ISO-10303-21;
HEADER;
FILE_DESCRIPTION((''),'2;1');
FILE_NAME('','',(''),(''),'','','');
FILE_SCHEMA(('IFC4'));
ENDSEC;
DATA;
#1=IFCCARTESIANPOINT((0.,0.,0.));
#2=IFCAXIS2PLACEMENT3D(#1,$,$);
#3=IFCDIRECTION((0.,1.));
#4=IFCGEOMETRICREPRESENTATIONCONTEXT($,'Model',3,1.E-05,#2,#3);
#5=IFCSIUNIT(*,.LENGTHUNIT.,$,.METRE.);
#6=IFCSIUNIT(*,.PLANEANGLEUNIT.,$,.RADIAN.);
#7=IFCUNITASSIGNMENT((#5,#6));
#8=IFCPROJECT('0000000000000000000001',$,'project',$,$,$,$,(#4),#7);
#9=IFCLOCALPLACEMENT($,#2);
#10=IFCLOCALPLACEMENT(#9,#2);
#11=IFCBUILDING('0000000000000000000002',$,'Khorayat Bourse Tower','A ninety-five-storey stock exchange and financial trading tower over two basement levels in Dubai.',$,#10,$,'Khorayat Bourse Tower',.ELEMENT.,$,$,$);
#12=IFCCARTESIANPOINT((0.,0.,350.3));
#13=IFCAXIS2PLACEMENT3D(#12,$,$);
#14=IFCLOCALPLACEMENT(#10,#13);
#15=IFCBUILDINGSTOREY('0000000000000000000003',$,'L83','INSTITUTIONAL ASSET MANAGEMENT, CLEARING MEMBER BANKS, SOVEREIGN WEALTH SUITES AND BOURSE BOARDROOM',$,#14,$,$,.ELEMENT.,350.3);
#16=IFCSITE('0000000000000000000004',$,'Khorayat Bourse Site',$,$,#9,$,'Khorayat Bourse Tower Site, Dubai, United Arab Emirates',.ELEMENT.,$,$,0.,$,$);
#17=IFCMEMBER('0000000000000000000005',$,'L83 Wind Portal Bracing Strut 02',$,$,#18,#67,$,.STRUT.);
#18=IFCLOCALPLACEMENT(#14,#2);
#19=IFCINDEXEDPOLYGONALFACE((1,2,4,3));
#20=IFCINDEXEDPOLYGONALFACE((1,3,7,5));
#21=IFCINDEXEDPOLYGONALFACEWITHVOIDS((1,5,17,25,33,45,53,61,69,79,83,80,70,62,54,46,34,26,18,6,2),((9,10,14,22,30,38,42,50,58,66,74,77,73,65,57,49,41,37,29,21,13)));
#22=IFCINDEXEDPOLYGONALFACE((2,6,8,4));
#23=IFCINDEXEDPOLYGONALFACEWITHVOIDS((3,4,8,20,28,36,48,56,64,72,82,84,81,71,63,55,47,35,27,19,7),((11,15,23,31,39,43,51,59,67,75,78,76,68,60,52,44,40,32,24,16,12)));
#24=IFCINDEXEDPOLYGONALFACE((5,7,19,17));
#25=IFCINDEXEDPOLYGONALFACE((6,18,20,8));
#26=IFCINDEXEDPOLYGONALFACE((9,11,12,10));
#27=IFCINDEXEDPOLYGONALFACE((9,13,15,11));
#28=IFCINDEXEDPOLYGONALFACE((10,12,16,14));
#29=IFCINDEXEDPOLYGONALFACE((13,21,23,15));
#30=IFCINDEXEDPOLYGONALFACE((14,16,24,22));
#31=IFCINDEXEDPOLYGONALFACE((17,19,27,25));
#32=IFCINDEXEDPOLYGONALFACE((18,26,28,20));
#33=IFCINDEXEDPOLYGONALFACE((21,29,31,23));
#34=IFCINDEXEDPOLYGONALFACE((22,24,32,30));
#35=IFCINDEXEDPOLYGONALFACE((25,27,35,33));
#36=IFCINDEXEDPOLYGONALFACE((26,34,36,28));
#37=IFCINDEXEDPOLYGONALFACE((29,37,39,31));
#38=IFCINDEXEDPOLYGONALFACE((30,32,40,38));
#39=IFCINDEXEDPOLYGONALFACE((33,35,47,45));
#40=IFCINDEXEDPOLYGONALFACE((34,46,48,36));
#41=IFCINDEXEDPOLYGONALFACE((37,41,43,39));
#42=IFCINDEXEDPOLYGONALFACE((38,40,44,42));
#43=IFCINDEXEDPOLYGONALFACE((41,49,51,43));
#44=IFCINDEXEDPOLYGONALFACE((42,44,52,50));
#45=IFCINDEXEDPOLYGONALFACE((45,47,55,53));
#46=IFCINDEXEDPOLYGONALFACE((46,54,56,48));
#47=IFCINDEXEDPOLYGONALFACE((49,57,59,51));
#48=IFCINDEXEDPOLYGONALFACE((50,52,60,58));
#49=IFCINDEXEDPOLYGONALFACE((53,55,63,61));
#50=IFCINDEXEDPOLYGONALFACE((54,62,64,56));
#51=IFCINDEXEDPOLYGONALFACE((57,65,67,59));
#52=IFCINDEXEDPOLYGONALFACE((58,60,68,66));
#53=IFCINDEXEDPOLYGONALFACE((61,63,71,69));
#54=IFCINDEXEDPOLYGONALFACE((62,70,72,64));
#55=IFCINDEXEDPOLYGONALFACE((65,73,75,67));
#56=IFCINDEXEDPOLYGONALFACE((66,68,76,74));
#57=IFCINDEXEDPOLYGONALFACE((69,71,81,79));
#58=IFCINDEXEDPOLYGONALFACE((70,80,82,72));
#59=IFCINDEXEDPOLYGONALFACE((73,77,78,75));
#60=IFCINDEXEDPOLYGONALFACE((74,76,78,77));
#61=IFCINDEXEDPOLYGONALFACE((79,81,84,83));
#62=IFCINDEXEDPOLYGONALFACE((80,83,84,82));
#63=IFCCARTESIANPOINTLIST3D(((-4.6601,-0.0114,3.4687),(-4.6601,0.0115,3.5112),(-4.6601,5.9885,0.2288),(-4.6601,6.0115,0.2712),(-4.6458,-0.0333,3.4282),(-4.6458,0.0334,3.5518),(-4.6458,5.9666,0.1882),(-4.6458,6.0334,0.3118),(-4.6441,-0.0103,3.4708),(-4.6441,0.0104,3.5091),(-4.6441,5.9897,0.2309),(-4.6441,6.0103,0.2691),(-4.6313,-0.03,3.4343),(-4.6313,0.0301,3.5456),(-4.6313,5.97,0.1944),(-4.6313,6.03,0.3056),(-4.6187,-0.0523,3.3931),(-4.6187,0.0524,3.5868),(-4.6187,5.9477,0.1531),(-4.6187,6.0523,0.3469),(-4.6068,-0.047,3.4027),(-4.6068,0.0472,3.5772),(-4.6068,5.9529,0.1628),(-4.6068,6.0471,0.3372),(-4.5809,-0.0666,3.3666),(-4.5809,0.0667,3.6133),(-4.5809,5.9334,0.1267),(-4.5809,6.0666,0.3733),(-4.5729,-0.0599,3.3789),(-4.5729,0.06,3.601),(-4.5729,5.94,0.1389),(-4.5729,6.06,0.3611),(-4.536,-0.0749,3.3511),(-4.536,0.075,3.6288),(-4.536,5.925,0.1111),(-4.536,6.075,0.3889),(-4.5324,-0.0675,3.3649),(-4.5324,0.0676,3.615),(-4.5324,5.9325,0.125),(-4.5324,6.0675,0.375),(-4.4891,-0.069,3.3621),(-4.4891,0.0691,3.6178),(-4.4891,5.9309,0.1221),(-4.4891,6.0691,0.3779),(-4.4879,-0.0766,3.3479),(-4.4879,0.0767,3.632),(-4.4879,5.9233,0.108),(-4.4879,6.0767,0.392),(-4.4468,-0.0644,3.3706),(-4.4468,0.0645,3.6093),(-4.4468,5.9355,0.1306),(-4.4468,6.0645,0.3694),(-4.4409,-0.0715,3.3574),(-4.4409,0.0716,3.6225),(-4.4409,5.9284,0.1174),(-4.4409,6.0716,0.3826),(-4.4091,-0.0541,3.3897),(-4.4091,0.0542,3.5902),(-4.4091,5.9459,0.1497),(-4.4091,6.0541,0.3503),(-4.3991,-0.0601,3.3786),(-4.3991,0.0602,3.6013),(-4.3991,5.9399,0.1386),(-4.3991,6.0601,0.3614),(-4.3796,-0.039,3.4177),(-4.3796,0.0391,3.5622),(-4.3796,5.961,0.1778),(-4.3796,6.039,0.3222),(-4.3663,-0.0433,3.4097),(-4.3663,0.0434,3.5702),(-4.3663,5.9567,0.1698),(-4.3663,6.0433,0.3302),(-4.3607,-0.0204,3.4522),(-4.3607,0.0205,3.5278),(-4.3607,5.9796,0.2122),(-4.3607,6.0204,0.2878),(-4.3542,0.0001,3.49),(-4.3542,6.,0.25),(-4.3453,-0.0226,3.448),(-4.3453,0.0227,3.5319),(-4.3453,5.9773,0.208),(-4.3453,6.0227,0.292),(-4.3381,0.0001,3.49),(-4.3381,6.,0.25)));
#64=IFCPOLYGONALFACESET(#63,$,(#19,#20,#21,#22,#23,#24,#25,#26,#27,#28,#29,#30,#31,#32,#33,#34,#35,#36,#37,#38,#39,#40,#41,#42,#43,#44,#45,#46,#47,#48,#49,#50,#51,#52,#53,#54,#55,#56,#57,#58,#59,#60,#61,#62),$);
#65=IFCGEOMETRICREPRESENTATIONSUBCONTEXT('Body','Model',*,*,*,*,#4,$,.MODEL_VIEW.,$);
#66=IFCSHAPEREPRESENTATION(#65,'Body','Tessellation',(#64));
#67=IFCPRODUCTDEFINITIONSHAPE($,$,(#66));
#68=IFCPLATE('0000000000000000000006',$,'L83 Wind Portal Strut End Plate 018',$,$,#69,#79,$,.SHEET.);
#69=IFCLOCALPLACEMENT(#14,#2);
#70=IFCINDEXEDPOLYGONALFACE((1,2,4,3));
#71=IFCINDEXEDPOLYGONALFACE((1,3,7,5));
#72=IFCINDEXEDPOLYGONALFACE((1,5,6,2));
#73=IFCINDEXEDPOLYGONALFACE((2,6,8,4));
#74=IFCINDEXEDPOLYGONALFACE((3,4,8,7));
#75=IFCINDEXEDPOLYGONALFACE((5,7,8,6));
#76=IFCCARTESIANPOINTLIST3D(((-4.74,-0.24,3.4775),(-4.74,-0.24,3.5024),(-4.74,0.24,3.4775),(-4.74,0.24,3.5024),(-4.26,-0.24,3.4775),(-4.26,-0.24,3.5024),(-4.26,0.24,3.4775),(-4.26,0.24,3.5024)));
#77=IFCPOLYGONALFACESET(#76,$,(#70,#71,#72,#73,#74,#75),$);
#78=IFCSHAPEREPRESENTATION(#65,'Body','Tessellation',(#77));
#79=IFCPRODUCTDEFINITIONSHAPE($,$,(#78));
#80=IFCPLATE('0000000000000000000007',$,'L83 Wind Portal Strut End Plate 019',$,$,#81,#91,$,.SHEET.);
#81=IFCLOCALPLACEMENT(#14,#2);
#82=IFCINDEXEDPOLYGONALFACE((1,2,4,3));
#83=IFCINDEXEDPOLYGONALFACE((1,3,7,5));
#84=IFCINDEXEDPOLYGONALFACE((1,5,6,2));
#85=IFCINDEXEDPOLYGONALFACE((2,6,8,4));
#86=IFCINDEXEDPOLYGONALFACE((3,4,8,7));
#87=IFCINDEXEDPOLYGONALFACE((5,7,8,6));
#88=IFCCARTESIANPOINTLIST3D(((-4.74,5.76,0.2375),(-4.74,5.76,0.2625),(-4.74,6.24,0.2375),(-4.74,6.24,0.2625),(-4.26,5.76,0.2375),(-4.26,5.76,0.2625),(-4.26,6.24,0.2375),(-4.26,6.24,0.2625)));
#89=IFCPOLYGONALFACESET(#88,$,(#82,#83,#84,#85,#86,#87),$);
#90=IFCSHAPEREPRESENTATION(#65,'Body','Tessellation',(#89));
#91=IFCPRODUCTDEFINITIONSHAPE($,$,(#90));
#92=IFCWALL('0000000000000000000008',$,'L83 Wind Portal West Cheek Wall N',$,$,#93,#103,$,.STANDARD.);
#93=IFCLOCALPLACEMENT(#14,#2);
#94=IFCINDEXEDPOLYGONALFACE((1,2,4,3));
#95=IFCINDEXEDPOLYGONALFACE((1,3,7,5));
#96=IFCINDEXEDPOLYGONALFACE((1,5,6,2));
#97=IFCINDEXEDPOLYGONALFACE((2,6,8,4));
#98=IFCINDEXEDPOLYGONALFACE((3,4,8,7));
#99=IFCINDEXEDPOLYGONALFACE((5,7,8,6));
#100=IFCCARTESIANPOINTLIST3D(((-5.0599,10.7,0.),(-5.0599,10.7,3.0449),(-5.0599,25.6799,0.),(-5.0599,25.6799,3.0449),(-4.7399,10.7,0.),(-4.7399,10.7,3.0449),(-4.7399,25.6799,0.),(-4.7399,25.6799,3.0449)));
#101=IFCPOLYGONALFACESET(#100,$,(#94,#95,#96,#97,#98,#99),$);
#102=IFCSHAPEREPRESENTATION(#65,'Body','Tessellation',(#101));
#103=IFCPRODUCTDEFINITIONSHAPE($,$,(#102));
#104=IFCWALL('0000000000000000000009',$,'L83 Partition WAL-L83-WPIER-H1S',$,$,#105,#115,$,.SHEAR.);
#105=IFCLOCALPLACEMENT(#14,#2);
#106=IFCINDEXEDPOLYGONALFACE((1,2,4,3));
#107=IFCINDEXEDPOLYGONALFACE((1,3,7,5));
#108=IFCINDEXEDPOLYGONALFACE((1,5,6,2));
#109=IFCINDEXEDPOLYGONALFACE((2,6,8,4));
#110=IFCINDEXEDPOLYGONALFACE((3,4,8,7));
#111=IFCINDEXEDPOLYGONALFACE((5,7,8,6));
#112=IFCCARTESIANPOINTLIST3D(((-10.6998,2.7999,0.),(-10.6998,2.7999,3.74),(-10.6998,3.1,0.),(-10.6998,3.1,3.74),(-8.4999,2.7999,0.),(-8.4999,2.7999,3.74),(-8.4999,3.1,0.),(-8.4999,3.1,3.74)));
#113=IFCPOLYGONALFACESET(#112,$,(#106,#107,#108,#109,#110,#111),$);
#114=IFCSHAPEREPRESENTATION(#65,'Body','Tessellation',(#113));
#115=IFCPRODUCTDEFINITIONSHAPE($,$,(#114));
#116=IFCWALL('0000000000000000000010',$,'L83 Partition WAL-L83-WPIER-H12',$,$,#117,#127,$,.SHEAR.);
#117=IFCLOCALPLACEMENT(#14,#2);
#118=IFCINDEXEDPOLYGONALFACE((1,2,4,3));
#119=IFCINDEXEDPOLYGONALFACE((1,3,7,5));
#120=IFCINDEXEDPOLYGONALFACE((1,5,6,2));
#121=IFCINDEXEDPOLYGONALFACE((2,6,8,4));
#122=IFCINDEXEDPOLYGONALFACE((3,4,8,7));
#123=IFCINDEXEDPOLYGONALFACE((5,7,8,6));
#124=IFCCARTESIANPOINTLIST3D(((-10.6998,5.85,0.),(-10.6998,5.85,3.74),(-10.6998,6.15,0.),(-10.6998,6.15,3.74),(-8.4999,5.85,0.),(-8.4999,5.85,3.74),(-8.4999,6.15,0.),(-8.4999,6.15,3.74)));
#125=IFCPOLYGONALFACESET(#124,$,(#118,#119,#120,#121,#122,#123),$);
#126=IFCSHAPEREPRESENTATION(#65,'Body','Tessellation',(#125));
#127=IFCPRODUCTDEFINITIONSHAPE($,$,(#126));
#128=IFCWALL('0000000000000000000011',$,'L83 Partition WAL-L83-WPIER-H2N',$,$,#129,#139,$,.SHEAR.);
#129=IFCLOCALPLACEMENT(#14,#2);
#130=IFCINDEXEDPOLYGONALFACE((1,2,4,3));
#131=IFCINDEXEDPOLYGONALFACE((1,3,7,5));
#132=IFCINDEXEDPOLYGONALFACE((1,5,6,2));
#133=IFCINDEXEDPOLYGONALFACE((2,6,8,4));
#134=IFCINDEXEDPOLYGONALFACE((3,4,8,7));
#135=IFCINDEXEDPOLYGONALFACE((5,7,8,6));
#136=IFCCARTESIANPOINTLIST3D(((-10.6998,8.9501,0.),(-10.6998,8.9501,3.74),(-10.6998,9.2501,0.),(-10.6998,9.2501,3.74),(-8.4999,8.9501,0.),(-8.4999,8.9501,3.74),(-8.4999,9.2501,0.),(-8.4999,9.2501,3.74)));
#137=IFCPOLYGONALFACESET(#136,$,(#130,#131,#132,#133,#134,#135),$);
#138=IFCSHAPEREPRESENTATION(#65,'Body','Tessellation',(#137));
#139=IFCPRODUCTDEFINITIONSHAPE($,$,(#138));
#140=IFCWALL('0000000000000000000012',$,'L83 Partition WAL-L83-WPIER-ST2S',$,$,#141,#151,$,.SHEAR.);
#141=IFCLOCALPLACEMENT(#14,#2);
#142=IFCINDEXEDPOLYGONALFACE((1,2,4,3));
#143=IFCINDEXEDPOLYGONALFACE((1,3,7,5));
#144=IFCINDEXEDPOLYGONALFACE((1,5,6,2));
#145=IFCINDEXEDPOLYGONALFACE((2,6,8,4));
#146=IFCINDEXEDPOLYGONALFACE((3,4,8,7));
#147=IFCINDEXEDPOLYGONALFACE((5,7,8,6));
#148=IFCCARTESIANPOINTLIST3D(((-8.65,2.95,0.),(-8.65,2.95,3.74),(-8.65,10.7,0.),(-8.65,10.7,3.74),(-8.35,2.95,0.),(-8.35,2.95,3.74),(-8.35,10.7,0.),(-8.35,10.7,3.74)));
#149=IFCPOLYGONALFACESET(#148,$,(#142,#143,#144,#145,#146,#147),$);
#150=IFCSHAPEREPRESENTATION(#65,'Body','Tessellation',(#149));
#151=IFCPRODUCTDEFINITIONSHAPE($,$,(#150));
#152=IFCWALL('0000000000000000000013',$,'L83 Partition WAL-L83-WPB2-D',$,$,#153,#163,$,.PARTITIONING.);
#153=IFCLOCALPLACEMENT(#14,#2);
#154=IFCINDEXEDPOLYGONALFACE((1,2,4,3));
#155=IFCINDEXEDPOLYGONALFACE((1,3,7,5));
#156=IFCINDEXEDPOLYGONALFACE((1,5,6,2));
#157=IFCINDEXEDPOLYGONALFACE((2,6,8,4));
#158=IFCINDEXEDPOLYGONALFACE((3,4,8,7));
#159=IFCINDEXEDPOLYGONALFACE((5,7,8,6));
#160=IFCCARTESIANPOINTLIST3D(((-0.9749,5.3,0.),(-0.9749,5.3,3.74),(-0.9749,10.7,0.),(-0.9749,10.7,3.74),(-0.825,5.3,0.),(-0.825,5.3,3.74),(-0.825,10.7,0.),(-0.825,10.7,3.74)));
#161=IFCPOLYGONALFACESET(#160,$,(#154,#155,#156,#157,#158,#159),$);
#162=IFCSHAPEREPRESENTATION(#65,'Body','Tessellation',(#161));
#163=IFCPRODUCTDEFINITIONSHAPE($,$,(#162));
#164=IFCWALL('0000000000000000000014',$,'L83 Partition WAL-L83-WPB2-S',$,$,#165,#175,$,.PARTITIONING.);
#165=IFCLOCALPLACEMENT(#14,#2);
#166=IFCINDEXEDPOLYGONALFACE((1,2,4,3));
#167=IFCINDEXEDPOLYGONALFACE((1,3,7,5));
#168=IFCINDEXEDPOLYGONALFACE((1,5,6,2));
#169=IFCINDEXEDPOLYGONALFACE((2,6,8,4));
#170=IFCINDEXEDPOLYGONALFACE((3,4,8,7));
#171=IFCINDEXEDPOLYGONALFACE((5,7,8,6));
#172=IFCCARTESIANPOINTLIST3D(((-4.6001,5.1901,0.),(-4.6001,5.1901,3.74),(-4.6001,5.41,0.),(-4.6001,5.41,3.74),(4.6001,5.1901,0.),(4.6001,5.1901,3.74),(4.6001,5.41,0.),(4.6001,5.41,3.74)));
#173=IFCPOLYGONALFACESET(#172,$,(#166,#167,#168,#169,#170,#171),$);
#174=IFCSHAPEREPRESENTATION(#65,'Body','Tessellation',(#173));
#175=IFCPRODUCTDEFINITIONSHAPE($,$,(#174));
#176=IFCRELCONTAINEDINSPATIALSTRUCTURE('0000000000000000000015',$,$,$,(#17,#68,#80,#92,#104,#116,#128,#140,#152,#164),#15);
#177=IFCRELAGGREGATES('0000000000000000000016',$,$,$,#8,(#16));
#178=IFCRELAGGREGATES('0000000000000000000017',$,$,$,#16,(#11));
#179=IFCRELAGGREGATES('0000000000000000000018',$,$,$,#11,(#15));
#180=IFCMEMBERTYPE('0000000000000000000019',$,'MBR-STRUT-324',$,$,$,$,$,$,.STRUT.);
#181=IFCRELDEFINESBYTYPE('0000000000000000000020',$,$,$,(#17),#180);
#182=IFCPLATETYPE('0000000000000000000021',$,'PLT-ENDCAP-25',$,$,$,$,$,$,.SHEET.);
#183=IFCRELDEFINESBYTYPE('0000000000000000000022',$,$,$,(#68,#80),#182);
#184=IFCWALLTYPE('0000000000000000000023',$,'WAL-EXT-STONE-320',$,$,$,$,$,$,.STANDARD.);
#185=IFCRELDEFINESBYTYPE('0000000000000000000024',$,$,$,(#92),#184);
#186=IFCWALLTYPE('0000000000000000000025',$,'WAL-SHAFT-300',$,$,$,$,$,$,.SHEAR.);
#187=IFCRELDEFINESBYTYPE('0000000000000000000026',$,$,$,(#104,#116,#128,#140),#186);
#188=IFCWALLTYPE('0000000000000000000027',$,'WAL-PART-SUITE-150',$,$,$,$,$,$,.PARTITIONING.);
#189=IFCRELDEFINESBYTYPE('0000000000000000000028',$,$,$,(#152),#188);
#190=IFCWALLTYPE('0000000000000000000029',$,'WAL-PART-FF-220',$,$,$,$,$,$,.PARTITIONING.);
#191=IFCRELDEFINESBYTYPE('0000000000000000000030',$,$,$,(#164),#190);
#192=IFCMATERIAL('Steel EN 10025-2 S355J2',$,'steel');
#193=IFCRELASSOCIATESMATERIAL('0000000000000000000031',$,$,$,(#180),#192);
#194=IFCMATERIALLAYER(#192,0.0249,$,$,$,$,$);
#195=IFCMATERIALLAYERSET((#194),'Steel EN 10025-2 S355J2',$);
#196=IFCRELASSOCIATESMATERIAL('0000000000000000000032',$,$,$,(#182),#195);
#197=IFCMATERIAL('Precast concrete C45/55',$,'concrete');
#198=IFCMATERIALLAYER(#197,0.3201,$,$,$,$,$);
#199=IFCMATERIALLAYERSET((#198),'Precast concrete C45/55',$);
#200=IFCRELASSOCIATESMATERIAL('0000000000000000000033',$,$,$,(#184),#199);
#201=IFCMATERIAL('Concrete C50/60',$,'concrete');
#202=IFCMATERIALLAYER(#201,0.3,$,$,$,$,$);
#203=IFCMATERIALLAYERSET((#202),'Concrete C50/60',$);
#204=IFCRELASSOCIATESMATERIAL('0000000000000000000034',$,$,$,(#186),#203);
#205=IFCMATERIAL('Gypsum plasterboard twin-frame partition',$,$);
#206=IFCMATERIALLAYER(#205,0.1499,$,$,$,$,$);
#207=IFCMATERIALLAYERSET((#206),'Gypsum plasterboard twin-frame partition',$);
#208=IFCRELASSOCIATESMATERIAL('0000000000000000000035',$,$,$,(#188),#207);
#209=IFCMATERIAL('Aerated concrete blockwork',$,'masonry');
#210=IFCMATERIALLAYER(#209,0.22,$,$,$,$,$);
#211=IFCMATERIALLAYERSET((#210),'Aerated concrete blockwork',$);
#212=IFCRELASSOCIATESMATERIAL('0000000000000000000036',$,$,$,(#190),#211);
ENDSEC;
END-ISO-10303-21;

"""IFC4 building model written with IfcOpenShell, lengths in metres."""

from ifc_helpers import new_model, si_unit, direction, frame, frame_2d, origin, origin_2d, place, context, subcontext, project, spatial, rectangle, hollow_circle, extrude, source, transform, mapped, material, layer, layer_set, material_profile, profile_set, type_object, element, save


model = new_model("IFC4")

# Units and contexts
model_context = context("Model", 3, precision=1e-05, world=origin(), true_north=direction((0.0, 1.0)))
body_context = subcontext(model_context, "Body", "Model", "MODEL_VIEW")
ifc_project = project(units=[si_unit("LENGTHUNIT", "METRE"), si_unit("PLANEANGLEUNIT", "RADIAN")], contexts=[model_context])

# Site, building, storey
site_placement = place(None, origin())
site = spatial("IfcSite", under=ifc_project, at=site_placement, Name="Khorayat Bourse Site", LongName="Khorayat Bourse Tower Site, Dubai, United Arab Emirates", CompositionType="ELEMENT", RefElevation=0.0)
building_placement = place(site_placement, origin())
building = spatial("IfcBuilding", under=site, at=building_placement, Name="Khorayat Bourse Tower", Description="A ninety-five-storey stock exchange and financial trading tower over two basement levels in Dubai.", LongName="Khorayat Bourse Tower", CompositionType="ELEMENT")
storey_placement = place(building_placement, frame((0.0, 0.0, 350.3)))
storey = spatial("IfcBuildingStorey", under=building, at=storey_placement, Name="L83", Description="INSTITUTIONAL ASSET MANAGEMENT, CLEARING MEMBER BANKS, SOVEREIGN WEALTH SUITES AND BOURSE BOARDROOM", CompositionType="ELEMENT", Elevation=350.3)

# Member
ifc_material_1 = material(Name="Steel EN 10025-2 S355J2", Category="steel")
ifc_material_profile_1 = material_profile(ifc_material_1, hollow_circle(Radius=0.1619, WallThickness=0.0161, at=origin_2d()), Name="CHS 323.9x16")
ifc_profile_set_1 = profile_set([ifc_material_profile_1], Name="Steel EN 10025-2 S355J2")
member_type = type_object("IfcMemberType", Name="MBR-STRUT-324", PredefinedType="STRUT", material=ifc_profile_set_1)
shared_shape_1 = source(origin(), body_context, "Body", "SweptSolid", [
    extrude(hollow_circle(Radius=0.1619, WallThickness=0.0161, at=origin_2d()), origin(), (0.0, 0.0, 1.0), 6.8188),
])
member_placement = place(storey_placement, frame((-4.5, 6.0, 0.25), z_axis=(0.0, -0.879906, 0.475148), x_axis=(1.0, 0.0, 0.0)))
element("IfcMember", 1, at=member_placement, inside=storey, type_object=member_type, Name="L83 Wind Portal Bracing Strut 02", PredefinedType="STRUT", context=body_context, shape_type="MappedRepresentation", body=[
    mapped(shared_shape_1, transform((0.0, 0.0, 0.0), scale=1.0)),
])

# Plates
ifc_layer_1 = layer(ifc_material_1, 0.0249)
ifc_layer_set_1 = layer_set([ifc_layer_1], Name="Steel EN 10025-2 S355J2")
plate_type = type_object("IfcPlateType", Name="PLT-ENDCAP-25", PredefinedType="SHEET", material=ifc_layer_set_1)
shared_shape_2 = source(origin(), body_context, "Body", "SweptSolid", [
    extrude(rectangle(XDim=0.48, YDim=0.48, at=origin_2d()), origin(), (0.0, 0.0, 1.0), 0.0249),
])
for number, where, z_axis, x_axis, name in (
    (2, (-4.5, 0.0, 3.4775), (0.0, 0.0, 1.0), (1.0, 0.0, 0.0), "L83 Wind Portal Strut End Plate 018"),
    (3, (-4.5, 6.0, 0.2375), (0.0, 0.0, 1.0), (1.0, 0.0, 0.0), "L83 Wind Portal Strut End Plate 019"),
):
    element("IfcPlate", number, at=place(storey_placement, frame(where, z_axis=z_axis, x_axis=x_axis)), inside=storey, type_object=plate_type, Name=name, PredefinedType="SHEET", context=body_context, shape_type="MappedRepresentation", body=[
        mapped(shared_shape_2, transform((0.0, 0.0, 0.0), scale=1.0)),
    ])

# Walls
ifc_material_2 = material(Name="Precast concrete C45/55", Category="concrete")
ifc_layer_2 = layer(ifc_material_2, 0.3201)
ifc_layer_set_2 = layer_set([ifc_layer_2], Name="Precast concrete C45/55")
wall_type_1 = type_object("IfcWallType", Name="WAL-EXT-STONE-320", PredefinedType="STANDARD", material=ifc_layer_set_2)
shared_shape_3 = source(origin(), body_context, "Body", "SweptSolid", [
    extrude(rectangle(XDim=14.98, YDim=0.3201, at=frame_2d((7.49, 0.0))), origin(), (0.0, 0.0, 1.0), 3.0449),
])
wall_1_placement = place(storey_placement, frame((-4.8999, 10.7, 0.0), z_axis=(0.0, 0.0, 1.0), x_axis=(0.0, 1.0, 0.0)))
element("IfcWall", 4, at=wall_1_placement, inside=storey, type_object=wall_type_1, Name="L83 Wind Portal West Cheek Wall N", PredefinedType="STANDARD", context=body_context, shape_type="MappedRepresentation", body=[
    mapped(shared_shape_3, transform((0.0, 0.0, 0.0), scale=1.0)),
])
ifc_material_3 = material(Name="Concrete C50/60", Category="concrete")
ifc_layer_3 = layer(ifc_material_3, 0.3)
ifc_layer_set_3 = layer_set([ifc_layer_3], Name="Concrete C50/60")
wall_type_2 = type_object("IfcWallType", Name="WAL-SHAFT-300", PredefinedType="SHEAR", material=ifc_layer_set_3)
shared_shape_4 = source(origin(), body_context, "Body", "SweptSolid", [
    extrude(rectangle(XDim=2.2, YDim=0.3, at=frame_2d((1.1001, 0.0))), origin(), (0.0, 0.0, 1.0), 3.74),
])
for number, where, z_axis, x_axis, name in (
    (5, (-10.7, 2.95, 0.0), (0.0, 0.0, 1.0), (1.0, 0.0, 0.0), "L83 Partition WAL-L83-WPIER-H1S"),
    (6, (-10.7, 6.0, 0.0), (0.0, 0.0, 1.0), (1.0, 0.0, 0.0), "L83 Partition WAL-L83-WPIER-H12"),
    (7, (-10.7, 9.1001, 0.0), (0.0, 0.0, 1.0), (1.0, 0.0, 0.0), "L83 Partition WAL-L83-WPIER-H2N"),
):
    element("IfcWall", number, at=place(storey_placement, frame(where, z_axis=z_axis, x_axis=x_axis)), inside=storey, type_object=wall_type_2, Name=name, PredefinedType="SHEAR", context=body_context, shape_type="MappedRepresentation", body=[
        mapped(shared_shape_4, transform((0.0, 0.0, 0.0), scale=1.0)),
    ])
shared_shape_5 = source(origin(), body_context, "Body", "SweptSolid", [
    extrude(rectangle(XDim=7.75, YDim=0.3, at=frame_2d((3.875, 0.0))), origin(), (0.0, 0.0, 1.0), 3.74),
])
wall_2_placement = place(storey_placement, frame((-8.5, 2.95, 0.0), z_axis=(0.0, 0.0, 1.0), x_axis=(0.0, 1.0, 0.0)))
element("IfcWall", 8, at=wall_2_placement, inside=storey, type_object=wall_type_2, Name="L83 Partition WAL-L83-WPIER-ST2S", PredefinedType="SHEAR", context=body_context, shape_type="MappedRepresentation", body=[
    mapped(shared_shape_5, transform((0.0, 0.0, 0.0), scale=1.0)),
])
ifc_material_4 = material(Name="Gypsum plasterboard twin-frame partition")
ifc_layer_4 = layer(ifc_material_4, 0.1499)
ifc_layer_set_4 = layer_set([ifc_layer_4], Name="Gypsum plasterboard twin-frame partition")
wall_type_3 = type_object("IfcWallType", Name="WAL-PART-SUITE-150", PredefinedType="PARTITIONING", material=ifc_layer_set_4)
shared_shape_6 = source(origin(), body_context, "Body", "SweptSolid", [
    extrude(rectangle(XDim=5.3999, YDim=0.1499, at=frame_2d((2.7, 0.0))), origin(), (0.0, 0.0, 1.0), 3.74),
])
wall_3_placement = place(storey_placement, frame((-0.8999, 5.3, 0.0), z_axis=(0.0, 0.0, 1.0), x_axis=(0.0, 1.0, 0.0)))
element("IfcWall", 9, at=wall_3_placement, inside=storey, type_object=wall_type_3, Name="L83 Partition WAL-L83-WPB2-D", PredefinedType="PARTITIONING", context=body_context, shape_type="MappedRepresentation", body=[
    mapped(shared_shape_6, transform((0.0, 0.0, 0.0), scale=1.0)),
])
ifc_material_5 = material(Name="Aerated concrete blockwork", Category="masonry")
ifc_layer_5 = layer(ifc_material_5, 0.22)
ifc_layer_set_5 = layer_set([ifc_layer_5], Name="Aerated concrete blockwork")
wall_type_4 = type_object("IfcWallType", Name="WAL-PART-FF-220", PredefinedType="PARTITIONING", material=ifc_layer_set_5)
shared_shape_7 = source(origin(), body_context, "Body", "SweptSolid", [
    extrude(rectangle(XDim=9.2002, YDim=0.22, at=frame_2d((4.6001, 0.0))), origin(), (0.0, 0.0, 1.0), 3.74),
])
wall_4_placement = place(storey_placement, frame((-4.6001, 5.3, 0.0), z_axis=(0.0, 0.0, 1.0), x_axis=(1.0, 0.0, 0.0)))
element("IfcWall", 10, at=wall_4_placement, inside=storey, type_object=wall_type_4, Name="L83 Partition WAL-L83-WPB2-S", PredefinedType="PARTITIONING", context=body_context, shape_type="MappedRepresentation", body=[
    mapped(shared_shape_7, transform((0.0, 0.0, 0.0), scale=1.0)),
])

save(model, "model.ifc")
